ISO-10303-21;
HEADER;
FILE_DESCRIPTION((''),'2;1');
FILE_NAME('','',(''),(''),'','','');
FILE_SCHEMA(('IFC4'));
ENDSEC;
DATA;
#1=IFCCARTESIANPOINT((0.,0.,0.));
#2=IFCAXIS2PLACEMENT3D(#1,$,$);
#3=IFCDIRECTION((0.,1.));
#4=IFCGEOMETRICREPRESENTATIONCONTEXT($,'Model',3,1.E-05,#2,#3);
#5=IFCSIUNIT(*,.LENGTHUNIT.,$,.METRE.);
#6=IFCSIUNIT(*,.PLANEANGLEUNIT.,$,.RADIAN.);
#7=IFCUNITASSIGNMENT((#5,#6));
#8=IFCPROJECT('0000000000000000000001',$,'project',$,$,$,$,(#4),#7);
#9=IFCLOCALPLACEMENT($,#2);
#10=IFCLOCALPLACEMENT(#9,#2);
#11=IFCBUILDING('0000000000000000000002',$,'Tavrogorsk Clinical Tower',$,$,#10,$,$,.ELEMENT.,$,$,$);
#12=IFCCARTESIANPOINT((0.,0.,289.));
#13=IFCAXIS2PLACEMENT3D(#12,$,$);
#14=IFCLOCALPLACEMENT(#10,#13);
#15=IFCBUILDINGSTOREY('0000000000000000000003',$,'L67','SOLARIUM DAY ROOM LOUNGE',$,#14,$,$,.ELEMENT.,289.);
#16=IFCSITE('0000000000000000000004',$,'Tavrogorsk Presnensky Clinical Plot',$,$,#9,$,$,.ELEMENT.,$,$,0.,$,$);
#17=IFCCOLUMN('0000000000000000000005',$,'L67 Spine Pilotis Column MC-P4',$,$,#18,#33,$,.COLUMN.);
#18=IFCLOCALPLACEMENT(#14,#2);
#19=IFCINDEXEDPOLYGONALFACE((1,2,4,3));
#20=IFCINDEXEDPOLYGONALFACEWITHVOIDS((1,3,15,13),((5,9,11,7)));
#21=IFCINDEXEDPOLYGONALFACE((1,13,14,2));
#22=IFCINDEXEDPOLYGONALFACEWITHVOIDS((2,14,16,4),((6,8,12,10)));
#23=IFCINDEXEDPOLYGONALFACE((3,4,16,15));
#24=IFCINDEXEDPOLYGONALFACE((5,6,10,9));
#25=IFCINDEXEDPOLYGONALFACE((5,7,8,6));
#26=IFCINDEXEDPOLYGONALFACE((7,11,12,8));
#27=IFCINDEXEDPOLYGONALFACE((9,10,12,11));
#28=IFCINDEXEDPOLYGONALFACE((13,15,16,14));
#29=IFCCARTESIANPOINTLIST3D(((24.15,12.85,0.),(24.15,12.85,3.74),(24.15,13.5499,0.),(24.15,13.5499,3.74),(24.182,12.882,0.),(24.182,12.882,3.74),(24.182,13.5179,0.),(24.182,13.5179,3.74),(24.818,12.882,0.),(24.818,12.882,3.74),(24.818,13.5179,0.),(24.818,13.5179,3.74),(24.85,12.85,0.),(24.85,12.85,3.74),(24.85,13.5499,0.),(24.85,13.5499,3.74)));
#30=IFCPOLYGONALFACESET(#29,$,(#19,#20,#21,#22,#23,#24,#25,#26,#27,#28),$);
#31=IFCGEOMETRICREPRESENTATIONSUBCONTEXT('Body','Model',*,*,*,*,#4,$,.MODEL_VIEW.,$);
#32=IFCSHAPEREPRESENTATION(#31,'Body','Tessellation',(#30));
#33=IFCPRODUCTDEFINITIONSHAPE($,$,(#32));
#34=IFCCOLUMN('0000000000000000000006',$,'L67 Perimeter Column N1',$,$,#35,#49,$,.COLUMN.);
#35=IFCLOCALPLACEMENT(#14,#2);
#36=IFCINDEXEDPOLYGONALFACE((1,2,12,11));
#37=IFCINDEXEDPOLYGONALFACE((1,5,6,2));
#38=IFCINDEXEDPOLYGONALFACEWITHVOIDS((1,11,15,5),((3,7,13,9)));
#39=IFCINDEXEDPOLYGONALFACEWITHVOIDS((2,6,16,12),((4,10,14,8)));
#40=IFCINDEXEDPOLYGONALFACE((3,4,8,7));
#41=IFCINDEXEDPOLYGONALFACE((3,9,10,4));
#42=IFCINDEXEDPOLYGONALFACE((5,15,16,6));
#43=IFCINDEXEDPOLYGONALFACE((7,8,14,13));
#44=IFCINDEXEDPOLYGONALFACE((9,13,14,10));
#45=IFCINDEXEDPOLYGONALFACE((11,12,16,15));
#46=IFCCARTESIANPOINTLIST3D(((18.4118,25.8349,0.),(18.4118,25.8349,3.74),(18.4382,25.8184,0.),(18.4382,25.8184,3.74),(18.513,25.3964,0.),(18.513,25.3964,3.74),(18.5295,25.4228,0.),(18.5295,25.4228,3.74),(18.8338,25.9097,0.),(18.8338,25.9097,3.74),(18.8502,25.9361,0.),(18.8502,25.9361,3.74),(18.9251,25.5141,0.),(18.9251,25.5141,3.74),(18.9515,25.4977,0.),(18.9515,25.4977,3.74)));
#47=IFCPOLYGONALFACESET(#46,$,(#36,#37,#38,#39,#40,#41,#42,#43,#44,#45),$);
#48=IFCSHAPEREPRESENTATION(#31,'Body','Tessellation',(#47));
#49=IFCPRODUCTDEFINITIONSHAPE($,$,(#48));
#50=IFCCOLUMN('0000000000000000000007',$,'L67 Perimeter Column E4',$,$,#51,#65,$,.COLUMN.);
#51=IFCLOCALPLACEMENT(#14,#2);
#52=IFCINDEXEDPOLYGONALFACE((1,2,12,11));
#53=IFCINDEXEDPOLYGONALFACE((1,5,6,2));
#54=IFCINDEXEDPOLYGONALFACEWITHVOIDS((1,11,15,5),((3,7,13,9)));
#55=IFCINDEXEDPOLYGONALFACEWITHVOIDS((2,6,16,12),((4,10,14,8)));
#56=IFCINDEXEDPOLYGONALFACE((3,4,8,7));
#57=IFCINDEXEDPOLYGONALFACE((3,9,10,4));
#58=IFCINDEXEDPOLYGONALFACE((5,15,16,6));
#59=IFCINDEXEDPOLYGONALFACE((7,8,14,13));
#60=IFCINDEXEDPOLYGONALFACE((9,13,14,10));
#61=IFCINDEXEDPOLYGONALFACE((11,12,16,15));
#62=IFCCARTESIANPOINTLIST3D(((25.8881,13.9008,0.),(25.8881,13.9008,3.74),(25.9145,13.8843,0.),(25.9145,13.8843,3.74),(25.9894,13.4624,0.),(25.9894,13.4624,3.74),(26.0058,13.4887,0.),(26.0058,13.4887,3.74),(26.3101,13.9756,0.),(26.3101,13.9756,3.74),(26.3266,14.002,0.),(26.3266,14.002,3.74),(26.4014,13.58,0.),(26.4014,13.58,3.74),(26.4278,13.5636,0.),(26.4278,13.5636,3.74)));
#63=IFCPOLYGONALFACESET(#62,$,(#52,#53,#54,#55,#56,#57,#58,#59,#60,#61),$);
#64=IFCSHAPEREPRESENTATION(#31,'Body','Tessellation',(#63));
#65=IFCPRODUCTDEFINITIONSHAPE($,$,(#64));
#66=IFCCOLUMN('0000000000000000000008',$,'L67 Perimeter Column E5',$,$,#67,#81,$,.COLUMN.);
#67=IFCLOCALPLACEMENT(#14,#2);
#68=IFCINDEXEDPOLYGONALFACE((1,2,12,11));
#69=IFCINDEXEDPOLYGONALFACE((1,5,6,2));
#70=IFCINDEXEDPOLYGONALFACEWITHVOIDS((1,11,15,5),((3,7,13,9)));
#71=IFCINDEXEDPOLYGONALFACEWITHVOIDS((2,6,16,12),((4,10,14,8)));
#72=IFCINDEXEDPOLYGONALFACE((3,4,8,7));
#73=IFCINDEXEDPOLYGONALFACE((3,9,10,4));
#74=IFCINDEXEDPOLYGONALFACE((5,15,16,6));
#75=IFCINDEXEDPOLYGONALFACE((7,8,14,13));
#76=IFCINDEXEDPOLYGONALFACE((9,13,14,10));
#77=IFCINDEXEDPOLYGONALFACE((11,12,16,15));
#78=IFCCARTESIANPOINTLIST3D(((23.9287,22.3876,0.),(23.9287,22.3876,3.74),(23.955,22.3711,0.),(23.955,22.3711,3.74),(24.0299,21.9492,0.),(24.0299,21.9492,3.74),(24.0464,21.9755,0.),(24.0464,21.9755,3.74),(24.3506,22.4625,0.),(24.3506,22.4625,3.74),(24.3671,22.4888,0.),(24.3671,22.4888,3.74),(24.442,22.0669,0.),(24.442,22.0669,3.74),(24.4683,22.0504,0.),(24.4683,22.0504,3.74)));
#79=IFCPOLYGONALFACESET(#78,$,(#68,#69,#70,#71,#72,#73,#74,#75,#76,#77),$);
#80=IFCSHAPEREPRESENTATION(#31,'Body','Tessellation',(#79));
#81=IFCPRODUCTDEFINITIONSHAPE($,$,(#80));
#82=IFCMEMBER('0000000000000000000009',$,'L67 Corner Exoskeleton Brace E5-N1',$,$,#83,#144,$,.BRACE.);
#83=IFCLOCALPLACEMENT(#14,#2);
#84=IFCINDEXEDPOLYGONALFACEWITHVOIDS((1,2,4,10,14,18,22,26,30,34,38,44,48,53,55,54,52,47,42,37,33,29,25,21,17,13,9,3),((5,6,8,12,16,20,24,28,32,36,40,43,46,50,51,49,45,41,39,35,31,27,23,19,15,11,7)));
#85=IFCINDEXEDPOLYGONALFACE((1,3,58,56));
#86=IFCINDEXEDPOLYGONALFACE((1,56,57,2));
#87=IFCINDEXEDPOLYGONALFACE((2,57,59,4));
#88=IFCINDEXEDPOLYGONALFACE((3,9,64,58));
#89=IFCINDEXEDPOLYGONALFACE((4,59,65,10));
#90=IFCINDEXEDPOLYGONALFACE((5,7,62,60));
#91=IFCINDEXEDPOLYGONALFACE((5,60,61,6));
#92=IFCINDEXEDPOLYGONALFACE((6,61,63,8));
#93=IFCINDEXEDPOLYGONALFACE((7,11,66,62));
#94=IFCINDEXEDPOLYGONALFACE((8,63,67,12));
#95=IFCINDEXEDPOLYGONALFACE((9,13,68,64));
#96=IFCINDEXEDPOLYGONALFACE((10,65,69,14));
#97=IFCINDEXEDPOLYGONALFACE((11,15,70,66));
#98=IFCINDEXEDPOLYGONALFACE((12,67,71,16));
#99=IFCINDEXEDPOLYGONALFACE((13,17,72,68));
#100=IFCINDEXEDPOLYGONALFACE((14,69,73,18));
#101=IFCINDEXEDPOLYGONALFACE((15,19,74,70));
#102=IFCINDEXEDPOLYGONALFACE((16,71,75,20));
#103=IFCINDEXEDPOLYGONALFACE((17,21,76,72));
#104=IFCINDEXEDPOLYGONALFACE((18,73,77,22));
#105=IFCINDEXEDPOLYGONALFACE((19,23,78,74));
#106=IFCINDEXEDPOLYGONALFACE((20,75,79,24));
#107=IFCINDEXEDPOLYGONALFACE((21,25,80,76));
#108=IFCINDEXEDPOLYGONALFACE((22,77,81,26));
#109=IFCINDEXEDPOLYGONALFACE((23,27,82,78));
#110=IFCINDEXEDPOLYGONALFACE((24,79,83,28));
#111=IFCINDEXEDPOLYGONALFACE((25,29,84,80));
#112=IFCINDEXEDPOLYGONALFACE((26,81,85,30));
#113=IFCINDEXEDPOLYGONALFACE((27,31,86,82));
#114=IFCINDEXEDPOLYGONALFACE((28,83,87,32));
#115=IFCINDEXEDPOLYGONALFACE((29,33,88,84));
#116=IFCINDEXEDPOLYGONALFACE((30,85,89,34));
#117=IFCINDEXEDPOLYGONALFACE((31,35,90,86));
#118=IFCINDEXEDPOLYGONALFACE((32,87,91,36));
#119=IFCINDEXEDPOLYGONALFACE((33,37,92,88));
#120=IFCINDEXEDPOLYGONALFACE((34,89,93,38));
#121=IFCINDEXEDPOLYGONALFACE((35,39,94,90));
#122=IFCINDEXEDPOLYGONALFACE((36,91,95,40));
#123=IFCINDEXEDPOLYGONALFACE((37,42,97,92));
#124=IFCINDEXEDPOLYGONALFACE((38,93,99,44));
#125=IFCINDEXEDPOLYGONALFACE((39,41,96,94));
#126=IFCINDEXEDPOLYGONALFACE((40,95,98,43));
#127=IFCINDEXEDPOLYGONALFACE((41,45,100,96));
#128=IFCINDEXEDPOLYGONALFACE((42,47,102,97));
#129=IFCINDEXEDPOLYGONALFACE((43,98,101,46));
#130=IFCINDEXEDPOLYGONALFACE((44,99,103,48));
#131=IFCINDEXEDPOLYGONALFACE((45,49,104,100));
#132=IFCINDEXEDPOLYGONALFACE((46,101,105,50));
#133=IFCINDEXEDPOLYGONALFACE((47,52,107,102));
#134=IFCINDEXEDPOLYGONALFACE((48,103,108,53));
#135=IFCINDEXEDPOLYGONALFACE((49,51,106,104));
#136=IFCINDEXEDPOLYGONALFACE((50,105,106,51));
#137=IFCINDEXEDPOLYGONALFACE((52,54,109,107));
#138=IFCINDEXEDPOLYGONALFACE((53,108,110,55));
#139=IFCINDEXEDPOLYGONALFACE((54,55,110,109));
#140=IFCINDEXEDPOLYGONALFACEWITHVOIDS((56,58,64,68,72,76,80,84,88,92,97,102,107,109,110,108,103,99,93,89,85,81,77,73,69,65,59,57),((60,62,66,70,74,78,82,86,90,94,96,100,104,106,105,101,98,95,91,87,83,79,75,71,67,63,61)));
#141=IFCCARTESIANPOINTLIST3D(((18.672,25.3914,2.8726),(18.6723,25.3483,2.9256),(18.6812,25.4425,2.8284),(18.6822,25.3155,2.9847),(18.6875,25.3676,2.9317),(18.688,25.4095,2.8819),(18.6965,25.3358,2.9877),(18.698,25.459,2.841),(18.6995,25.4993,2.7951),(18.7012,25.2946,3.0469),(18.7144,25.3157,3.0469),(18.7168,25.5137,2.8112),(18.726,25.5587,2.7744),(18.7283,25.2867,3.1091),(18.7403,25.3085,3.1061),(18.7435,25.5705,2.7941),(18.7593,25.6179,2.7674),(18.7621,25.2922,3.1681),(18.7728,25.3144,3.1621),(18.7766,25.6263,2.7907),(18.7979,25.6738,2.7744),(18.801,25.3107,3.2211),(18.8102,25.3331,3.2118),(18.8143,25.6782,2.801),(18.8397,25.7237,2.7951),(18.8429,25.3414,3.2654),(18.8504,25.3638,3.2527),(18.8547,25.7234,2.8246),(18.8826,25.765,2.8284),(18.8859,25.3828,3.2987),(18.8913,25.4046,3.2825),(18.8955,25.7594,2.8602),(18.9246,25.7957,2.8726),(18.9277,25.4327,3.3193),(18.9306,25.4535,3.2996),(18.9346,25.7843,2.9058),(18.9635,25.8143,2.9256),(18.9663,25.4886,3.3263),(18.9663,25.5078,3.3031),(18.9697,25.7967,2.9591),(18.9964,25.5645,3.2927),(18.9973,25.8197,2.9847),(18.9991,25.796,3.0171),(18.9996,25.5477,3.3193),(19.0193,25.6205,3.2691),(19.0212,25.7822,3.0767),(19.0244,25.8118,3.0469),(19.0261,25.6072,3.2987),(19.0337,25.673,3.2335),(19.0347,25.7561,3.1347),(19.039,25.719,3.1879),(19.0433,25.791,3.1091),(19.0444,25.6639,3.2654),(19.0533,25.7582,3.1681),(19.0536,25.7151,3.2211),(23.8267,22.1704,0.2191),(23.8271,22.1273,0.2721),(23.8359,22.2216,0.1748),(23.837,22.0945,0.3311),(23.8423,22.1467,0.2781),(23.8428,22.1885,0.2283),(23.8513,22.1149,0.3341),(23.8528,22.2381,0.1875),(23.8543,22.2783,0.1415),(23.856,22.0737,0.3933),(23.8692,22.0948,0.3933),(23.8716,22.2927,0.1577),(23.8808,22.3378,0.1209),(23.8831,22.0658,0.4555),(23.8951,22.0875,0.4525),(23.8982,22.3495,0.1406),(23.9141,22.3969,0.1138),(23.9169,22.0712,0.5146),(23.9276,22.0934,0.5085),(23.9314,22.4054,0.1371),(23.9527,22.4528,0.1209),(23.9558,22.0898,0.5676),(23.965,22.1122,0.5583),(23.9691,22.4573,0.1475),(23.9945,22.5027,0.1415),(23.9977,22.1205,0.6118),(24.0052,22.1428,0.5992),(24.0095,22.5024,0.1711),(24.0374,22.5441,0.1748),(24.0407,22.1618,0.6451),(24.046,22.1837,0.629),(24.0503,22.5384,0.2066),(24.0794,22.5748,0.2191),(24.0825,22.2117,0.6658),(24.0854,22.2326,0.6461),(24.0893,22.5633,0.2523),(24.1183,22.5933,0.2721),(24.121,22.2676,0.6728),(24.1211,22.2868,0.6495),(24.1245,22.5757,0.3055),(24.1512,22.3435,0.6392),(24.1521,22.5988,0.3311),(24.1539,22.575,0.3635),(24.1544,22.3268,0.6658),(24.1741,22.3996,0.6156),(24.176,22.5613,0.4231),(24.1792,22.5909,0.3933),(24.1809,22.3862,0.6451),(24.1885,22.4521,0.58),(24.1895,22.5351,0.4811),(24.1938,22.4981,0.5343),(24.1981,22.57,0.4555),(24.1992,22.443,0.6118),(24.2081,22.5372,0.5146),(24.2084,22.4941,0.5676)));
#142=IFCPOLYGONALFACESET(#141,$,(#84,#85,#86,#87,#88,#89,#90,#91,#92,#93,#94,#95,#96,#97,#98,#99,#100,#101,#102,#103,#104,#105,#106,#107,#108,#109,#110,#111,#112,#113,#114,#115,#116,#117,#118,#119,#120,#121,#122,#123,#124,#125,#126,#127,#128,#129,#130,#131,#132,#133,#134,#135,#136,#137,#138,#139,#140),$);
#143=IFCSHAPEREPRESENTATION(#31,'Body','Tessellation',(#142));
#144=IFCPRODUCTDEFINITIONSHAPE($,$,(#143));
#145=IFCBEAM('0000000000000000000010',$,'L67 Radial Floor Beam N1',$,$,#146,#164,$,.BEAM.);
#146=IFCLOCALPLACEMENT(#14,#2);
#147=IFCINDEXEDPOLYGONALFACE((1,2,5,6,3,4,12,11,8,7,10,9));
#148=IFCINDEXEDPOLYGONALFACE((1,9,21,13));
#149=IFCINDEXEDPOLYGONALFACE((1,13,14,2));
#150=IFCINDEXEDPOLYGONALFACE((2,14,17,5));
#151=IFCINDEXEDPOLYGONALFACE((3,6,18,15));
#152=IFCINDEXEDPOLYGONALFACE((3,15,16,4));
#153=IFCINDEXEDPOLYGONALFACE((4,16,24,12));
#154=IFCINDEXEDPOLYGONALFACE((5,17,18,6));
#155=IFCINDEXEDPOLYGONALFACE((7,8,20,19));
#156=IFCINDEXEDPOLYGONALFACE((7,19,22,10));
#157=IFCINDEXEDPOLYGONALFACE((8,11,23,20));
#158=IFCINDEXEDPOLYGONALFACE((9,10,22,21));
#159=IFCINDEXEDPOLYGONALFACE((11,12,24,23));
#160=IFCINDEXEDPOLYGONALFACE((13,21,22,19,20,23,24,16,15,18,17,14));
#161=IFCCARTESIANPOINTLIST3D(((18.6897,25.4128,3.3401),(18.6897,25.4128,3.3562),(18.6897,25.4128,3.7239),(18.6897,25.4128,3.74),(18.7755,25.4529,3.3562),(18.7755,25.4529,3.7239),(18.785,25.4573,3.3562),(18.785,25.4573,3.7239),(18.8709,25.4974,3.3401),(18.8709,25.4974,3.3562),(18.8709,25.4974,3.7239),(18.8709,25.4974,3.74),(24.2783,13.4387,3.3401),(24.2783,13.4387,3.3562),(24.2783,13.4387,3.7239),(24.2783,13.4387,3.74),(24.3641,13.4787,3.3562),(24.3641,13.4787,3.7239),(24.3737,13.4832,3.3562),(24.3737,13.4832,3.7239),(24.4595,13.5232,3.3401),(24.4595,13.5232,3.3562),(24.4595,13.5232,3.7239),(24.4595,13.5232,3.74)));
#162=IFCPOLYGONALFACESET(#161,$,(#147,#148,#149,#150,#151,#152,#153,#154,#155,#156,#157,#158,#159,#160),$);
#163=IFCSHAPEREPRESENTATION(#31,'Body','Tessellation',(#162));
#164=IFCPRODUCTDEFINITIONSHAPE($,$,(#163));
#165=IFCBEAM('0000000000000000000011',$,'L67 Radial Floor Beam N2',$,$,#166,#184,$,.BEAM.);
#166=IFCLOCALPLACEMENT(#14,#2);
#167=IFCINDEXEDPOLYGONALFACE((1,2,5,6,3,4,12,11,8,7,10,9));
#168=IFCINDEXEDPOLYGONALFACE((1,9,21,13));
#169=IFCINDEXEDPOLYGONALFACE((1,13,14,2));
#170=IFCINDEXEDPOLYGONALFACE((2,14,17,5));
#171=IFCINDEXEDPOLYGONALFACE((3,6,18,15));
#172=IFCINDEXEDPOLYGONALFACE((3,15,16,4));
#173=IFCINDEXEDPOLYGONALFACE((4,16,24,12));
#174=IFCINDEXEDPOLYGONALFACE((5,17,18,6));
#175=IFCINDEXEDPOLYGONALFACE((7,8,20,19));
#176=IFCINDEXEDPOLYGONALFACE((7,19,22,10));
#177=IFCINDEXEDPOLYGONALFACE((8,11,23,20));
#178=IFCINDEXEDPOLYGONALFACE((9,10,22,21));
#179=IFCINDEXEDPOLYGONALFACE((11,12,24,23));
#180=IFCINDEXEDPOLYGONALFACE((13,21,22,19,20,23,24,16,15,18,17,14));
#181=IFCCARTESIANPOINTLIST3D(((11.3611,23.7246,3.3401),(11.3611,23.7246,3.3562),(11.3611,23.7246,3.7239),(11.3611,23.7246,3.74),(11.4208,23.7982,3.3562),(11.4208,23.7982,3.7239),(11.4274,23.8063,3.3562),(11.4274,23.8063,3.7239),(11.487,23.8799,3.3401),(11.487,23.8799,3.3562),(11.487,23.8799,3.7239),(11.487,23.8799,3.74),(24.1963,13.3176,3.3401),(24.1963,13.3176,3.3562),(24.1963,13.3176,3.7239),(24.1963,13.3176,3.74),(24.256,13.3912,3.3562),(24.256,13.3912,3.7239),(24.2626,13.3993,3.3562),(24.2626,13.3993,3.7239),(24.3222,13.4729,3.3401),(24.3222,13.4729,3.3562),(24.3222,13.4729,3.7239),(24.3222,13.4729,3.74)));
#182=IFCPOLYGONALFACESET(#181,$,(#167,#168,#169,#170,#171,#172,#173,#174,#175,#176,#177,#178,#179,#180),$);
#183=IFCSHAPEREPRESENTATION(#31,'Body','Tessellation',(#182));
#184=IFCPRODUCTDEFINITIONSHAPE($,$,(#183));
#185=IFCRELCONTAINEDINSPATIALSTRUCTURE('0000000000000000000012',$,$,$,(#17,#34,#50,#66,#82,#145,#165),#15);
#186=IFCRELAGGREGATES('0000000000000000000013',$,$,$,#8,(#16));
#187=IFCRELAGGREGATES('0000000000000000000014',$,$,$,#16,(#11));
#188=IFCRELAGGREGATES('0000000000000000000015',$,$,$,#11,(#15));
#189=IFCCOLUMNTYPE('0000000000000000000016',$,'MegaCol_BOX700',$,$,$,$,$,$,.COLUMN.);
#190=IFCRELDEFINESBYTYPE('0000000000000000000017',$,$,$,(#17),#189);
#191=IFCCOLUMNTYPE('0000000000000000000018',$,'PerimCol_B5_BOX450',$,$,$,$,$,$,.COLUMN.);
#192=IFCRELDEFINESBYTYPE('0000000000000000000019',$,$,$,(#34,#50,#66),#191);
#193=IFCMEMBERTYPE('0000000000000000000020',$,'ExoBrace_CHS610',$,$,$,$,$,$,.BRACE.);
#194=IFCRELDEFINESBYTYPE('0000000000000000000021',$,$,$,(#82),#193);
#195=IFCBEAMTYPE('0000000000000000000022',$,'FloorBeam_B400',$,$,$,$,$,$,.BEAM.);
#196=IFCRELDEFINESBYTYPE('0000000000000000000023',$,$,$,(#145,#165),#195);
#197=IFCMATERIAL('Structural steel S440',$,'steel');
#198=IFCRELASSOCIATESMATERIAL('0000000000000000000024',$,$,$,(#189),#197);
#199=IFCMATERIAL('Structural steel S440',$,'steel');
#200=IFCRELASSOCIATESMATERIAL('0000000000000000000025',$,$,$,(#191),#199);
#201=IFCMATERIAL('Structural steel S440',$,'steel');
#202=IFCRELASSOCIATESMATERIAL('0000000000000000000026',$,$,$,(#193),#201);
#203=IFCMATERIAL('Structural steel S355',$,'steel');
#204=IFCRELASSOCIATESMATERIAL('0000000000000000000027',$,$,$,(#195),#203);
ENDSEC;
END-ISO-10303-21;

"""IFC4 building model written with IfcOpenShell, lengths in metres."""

from ifc_helpers import new_model, si_unit, direction, frame, origin, origin_2d, place, context, subcontext, project, spatial, hollow_rectangle, hollow_circle, i_section, extrude, material, material_profile, profile_set, type_object, element, save


model = new_model("IFC4")

# Units and contexts
model_context = context("Model", 3, precision=1e-05, world=origin(), true_north=direction((0.0, 1.0)))
body_context = subcontext(model_context, "Body", "Model", "MODEL_VIEW")
ifc_project = project(units=[si_unit("LENGTHUNIT", "METRE"), si_unit("PLANEANGLEUNIT", "RADIAN")], contexts=[model_context])

# Site, building, storey
site_placement = place(None, origin())
site = spatial("IfcSite", under=ifc_project, at=site_placement, Name="Tavrogorsk Presnensky Clinical Plot", CompositionType="ELEMENT", RefElevation=0.0)
building_placement = place(site_placement, origin())
building = spatial("IfcBuilding", under=site, at=building_placement, Name="Tavrogorsk Clinical Tower", CompositionType="ELEMENT")
storey_placement = place(building_placement, frame((0.0, 0.0, 289.0)))
storey = spatial("IfcBuildingStorey", under=building, at=storey_placement, Name="L67", Description="SOLARIUM DAY ROOM LOUNGE", CompositionType="ELEMENT", Elevation=289.0)

# Columns
ifc_material_1 = material(Name="Structural steel S440", Category="steel")
ifc_material_profile_1 = material_profile(ifc_material_1, hollow_rectangle(XDim=0.7, YDim=0.7, WallThickness=0.032, at=origin_2d()), Name="BOX-700x700x32")
ifc_profile_set_1 = profile_set([ifc_material_profile_1], Name="Structural steel S440")
column_type_1 = type_object("IfcColumnType", Name="MegaCol_BOX700", PredefinedType="COLUMN", material=ifc_profile_set_1)
column_placement = place(storey_placement, frame((24.5, 13.2, 0.0), z_axis=(0.0, 0.0, 1.0), x_axis=(1.0, 0.0, 0.0)))
element("IfcColumn", 1, at=column_placement, inside=storey, type_object=column_type_1, Name="L67 Spine Pilotis Column MC-P4", PredefinedType="COLUMN", context=body_context, shape_type="SweptSolid", body=[
    extrude(hollow_rectangle(XDim=0.7, YDim=0.7, WallThickness=0.032, at=origin_2d()), origin(), (0.0, 0.0, 1.0), 3.74),
])
ifc_material_2 = material(Name="Structural steel S440", Category="steel")
ifc_material_profile_2 = material_profile(ifc_material_2, hollow_rectangle(XDim=0.45, YDim=0.45, WallThickness=0.022, at=origin_2d()), Name="BOX-450x450x22")
ifc_profile_set_2 = profile_set([ifc_material_profile_2], Name="Structural steel S440")
column_type_2 = type_object("IfcColumnType", Name="PerimCol_B5_BOX450", PredefinedType="COLUMN", material=ifc_profile_set_2)
for number, where, z_axis, x_axis, name in (
    (2, (18.6816, 25.6663, 0.0), (0.0, 0.0, 1.0), (0.97437, 0.224951, 0.0), "L67 Perimeter Column N1"),
    (3, (26.158, 13.7322, 0.0), (0.0, 0.0, 1.0), (0.97437, 0.224951, 0.0), "L67 Perimeter Column E4"),
    (4, (24.1985, 22.219, 0.0), (0.0, 0.0, 1.0), (0.97437, 0.224951, 0.0), "L67 Perimeter Column E5"),
):
    element("IfcColumn", number, at=place(storey_placement, frame(where, z_axis=z_axis, x_axis=x_axis)), inside=storey, type_object=column_type_2, Name=name, PredefinedType="COLUMN", context=body_context, shape_type="SweptSolid", body=[
        extrude(hollow_rectangle(XDim=0.45, YDim=0.45, WallThickness=0.022, at=origin_2d()), origin(), (0.0, 0.0, 1.0), 3.74),
    ])

# Member
ifc_material_3 = material(Name="Structural steel S440", Category="steel")
ifc_material_profile_3 = material_profile(ifc_material_3, hollow_circle(Radius=0.3049, WallThickness=0.0249, at=origin_2d()), Name="CHS-610x25")
ifc_profile_set_3 = profile_set([ifc_material_profile_3], Name="Structural steel S440")
member_type_1 = type_object("IfcMemberType", Name="ExoBrace_CHS610", PredefinedType="BRACE", material=ifc_profile_set_3)
member_placement = place(storey_placement, frame((24.0176, 22.3323, 0.3933), z_axis=(-0.777222, 0.485644, 0.400096), x_axis=(-0.529905, -0.848057, 0.0)))
element("IfcMember", 5, at=member_placement, inside=storey, type_object=member_type_1, Name="L67 Corner Exoskeleton Brace E5-N1", PredefinedType="BRACE", context=body_context, shape_type="SweptSolid", body=[
    extrude(hollow_circle(Radius=0.3049, WallThickness=0.0249, at=origin_2d()), origin(), (0.0, 0.0, 1.0), 6.6323),
])

# Beams
ifc_material_4 = material(Name="Structural steel S355", Category="steel")
ifc_material_profile_4 = material_profile(ifc_material_4, i_section(OverallWidth=0.2, OverallDepth=0.3999, WebThickness=0.0105, FlangeThickness=0.0161, at=origin_2d()), Name="B-400x200x10.5x16")
ifc_profile_set_4 = profile_set([ifc_material_profile_4], Name="Structural steel S355")
beam_type_1 = type_object("IfcBeamType", Name="FloorBeam_B400", PredefinedType="BEAM", material=ifc_profile_set_4)
beam_1_placement = place(storey_placement, frame((24.3689, 13.481, 3.54), z_axis=(-0.422929, 0.906163, 0.0), x_axis=(-0.906163, -0.422929, 0.0)))
element("IfcBeam", 6, at=beam_1_placement, inside=storey, type_object=beam_type_1, Name="L67 Radial Floor Beam N1", PredefinedType="BEAM", context=body_context, shape_type="SweptSolid", body=[
    extrude(i_section(OverallWidth=0.2, OverallDepth=0.3999, WebThickness=0.0105, FlangeThickness=0.0161, at=origin_2d()), origin(), (0.0, 0.0, 1.0), 13.2141),
])
beam_2_placement = place(storey_placement, frame((24.2593, 13.3953, 3.54), z_axis=(-0.776754, 0.629804, 0.0), x_axis=(-0.629804, -0.776754, 0.0)))
element("IfcBeam", 7, at=beam_2_placement, inside=storey, type_object=beam_type_1, Name="L67 Radial Floor Beam N2", PredefinedType="BEAM", context=body_context, shape_type="SweptSolid", body=[
    extrude(i_section(OverallWidth=0.2, OverallDepth=0.3999, WebThickness=0.0105, FlangeThickness=0.0161, at=origin_2d()), origin(), (0.0, 0.0, 1.0), 16.5242),
])

save(model, "model.ifc")
